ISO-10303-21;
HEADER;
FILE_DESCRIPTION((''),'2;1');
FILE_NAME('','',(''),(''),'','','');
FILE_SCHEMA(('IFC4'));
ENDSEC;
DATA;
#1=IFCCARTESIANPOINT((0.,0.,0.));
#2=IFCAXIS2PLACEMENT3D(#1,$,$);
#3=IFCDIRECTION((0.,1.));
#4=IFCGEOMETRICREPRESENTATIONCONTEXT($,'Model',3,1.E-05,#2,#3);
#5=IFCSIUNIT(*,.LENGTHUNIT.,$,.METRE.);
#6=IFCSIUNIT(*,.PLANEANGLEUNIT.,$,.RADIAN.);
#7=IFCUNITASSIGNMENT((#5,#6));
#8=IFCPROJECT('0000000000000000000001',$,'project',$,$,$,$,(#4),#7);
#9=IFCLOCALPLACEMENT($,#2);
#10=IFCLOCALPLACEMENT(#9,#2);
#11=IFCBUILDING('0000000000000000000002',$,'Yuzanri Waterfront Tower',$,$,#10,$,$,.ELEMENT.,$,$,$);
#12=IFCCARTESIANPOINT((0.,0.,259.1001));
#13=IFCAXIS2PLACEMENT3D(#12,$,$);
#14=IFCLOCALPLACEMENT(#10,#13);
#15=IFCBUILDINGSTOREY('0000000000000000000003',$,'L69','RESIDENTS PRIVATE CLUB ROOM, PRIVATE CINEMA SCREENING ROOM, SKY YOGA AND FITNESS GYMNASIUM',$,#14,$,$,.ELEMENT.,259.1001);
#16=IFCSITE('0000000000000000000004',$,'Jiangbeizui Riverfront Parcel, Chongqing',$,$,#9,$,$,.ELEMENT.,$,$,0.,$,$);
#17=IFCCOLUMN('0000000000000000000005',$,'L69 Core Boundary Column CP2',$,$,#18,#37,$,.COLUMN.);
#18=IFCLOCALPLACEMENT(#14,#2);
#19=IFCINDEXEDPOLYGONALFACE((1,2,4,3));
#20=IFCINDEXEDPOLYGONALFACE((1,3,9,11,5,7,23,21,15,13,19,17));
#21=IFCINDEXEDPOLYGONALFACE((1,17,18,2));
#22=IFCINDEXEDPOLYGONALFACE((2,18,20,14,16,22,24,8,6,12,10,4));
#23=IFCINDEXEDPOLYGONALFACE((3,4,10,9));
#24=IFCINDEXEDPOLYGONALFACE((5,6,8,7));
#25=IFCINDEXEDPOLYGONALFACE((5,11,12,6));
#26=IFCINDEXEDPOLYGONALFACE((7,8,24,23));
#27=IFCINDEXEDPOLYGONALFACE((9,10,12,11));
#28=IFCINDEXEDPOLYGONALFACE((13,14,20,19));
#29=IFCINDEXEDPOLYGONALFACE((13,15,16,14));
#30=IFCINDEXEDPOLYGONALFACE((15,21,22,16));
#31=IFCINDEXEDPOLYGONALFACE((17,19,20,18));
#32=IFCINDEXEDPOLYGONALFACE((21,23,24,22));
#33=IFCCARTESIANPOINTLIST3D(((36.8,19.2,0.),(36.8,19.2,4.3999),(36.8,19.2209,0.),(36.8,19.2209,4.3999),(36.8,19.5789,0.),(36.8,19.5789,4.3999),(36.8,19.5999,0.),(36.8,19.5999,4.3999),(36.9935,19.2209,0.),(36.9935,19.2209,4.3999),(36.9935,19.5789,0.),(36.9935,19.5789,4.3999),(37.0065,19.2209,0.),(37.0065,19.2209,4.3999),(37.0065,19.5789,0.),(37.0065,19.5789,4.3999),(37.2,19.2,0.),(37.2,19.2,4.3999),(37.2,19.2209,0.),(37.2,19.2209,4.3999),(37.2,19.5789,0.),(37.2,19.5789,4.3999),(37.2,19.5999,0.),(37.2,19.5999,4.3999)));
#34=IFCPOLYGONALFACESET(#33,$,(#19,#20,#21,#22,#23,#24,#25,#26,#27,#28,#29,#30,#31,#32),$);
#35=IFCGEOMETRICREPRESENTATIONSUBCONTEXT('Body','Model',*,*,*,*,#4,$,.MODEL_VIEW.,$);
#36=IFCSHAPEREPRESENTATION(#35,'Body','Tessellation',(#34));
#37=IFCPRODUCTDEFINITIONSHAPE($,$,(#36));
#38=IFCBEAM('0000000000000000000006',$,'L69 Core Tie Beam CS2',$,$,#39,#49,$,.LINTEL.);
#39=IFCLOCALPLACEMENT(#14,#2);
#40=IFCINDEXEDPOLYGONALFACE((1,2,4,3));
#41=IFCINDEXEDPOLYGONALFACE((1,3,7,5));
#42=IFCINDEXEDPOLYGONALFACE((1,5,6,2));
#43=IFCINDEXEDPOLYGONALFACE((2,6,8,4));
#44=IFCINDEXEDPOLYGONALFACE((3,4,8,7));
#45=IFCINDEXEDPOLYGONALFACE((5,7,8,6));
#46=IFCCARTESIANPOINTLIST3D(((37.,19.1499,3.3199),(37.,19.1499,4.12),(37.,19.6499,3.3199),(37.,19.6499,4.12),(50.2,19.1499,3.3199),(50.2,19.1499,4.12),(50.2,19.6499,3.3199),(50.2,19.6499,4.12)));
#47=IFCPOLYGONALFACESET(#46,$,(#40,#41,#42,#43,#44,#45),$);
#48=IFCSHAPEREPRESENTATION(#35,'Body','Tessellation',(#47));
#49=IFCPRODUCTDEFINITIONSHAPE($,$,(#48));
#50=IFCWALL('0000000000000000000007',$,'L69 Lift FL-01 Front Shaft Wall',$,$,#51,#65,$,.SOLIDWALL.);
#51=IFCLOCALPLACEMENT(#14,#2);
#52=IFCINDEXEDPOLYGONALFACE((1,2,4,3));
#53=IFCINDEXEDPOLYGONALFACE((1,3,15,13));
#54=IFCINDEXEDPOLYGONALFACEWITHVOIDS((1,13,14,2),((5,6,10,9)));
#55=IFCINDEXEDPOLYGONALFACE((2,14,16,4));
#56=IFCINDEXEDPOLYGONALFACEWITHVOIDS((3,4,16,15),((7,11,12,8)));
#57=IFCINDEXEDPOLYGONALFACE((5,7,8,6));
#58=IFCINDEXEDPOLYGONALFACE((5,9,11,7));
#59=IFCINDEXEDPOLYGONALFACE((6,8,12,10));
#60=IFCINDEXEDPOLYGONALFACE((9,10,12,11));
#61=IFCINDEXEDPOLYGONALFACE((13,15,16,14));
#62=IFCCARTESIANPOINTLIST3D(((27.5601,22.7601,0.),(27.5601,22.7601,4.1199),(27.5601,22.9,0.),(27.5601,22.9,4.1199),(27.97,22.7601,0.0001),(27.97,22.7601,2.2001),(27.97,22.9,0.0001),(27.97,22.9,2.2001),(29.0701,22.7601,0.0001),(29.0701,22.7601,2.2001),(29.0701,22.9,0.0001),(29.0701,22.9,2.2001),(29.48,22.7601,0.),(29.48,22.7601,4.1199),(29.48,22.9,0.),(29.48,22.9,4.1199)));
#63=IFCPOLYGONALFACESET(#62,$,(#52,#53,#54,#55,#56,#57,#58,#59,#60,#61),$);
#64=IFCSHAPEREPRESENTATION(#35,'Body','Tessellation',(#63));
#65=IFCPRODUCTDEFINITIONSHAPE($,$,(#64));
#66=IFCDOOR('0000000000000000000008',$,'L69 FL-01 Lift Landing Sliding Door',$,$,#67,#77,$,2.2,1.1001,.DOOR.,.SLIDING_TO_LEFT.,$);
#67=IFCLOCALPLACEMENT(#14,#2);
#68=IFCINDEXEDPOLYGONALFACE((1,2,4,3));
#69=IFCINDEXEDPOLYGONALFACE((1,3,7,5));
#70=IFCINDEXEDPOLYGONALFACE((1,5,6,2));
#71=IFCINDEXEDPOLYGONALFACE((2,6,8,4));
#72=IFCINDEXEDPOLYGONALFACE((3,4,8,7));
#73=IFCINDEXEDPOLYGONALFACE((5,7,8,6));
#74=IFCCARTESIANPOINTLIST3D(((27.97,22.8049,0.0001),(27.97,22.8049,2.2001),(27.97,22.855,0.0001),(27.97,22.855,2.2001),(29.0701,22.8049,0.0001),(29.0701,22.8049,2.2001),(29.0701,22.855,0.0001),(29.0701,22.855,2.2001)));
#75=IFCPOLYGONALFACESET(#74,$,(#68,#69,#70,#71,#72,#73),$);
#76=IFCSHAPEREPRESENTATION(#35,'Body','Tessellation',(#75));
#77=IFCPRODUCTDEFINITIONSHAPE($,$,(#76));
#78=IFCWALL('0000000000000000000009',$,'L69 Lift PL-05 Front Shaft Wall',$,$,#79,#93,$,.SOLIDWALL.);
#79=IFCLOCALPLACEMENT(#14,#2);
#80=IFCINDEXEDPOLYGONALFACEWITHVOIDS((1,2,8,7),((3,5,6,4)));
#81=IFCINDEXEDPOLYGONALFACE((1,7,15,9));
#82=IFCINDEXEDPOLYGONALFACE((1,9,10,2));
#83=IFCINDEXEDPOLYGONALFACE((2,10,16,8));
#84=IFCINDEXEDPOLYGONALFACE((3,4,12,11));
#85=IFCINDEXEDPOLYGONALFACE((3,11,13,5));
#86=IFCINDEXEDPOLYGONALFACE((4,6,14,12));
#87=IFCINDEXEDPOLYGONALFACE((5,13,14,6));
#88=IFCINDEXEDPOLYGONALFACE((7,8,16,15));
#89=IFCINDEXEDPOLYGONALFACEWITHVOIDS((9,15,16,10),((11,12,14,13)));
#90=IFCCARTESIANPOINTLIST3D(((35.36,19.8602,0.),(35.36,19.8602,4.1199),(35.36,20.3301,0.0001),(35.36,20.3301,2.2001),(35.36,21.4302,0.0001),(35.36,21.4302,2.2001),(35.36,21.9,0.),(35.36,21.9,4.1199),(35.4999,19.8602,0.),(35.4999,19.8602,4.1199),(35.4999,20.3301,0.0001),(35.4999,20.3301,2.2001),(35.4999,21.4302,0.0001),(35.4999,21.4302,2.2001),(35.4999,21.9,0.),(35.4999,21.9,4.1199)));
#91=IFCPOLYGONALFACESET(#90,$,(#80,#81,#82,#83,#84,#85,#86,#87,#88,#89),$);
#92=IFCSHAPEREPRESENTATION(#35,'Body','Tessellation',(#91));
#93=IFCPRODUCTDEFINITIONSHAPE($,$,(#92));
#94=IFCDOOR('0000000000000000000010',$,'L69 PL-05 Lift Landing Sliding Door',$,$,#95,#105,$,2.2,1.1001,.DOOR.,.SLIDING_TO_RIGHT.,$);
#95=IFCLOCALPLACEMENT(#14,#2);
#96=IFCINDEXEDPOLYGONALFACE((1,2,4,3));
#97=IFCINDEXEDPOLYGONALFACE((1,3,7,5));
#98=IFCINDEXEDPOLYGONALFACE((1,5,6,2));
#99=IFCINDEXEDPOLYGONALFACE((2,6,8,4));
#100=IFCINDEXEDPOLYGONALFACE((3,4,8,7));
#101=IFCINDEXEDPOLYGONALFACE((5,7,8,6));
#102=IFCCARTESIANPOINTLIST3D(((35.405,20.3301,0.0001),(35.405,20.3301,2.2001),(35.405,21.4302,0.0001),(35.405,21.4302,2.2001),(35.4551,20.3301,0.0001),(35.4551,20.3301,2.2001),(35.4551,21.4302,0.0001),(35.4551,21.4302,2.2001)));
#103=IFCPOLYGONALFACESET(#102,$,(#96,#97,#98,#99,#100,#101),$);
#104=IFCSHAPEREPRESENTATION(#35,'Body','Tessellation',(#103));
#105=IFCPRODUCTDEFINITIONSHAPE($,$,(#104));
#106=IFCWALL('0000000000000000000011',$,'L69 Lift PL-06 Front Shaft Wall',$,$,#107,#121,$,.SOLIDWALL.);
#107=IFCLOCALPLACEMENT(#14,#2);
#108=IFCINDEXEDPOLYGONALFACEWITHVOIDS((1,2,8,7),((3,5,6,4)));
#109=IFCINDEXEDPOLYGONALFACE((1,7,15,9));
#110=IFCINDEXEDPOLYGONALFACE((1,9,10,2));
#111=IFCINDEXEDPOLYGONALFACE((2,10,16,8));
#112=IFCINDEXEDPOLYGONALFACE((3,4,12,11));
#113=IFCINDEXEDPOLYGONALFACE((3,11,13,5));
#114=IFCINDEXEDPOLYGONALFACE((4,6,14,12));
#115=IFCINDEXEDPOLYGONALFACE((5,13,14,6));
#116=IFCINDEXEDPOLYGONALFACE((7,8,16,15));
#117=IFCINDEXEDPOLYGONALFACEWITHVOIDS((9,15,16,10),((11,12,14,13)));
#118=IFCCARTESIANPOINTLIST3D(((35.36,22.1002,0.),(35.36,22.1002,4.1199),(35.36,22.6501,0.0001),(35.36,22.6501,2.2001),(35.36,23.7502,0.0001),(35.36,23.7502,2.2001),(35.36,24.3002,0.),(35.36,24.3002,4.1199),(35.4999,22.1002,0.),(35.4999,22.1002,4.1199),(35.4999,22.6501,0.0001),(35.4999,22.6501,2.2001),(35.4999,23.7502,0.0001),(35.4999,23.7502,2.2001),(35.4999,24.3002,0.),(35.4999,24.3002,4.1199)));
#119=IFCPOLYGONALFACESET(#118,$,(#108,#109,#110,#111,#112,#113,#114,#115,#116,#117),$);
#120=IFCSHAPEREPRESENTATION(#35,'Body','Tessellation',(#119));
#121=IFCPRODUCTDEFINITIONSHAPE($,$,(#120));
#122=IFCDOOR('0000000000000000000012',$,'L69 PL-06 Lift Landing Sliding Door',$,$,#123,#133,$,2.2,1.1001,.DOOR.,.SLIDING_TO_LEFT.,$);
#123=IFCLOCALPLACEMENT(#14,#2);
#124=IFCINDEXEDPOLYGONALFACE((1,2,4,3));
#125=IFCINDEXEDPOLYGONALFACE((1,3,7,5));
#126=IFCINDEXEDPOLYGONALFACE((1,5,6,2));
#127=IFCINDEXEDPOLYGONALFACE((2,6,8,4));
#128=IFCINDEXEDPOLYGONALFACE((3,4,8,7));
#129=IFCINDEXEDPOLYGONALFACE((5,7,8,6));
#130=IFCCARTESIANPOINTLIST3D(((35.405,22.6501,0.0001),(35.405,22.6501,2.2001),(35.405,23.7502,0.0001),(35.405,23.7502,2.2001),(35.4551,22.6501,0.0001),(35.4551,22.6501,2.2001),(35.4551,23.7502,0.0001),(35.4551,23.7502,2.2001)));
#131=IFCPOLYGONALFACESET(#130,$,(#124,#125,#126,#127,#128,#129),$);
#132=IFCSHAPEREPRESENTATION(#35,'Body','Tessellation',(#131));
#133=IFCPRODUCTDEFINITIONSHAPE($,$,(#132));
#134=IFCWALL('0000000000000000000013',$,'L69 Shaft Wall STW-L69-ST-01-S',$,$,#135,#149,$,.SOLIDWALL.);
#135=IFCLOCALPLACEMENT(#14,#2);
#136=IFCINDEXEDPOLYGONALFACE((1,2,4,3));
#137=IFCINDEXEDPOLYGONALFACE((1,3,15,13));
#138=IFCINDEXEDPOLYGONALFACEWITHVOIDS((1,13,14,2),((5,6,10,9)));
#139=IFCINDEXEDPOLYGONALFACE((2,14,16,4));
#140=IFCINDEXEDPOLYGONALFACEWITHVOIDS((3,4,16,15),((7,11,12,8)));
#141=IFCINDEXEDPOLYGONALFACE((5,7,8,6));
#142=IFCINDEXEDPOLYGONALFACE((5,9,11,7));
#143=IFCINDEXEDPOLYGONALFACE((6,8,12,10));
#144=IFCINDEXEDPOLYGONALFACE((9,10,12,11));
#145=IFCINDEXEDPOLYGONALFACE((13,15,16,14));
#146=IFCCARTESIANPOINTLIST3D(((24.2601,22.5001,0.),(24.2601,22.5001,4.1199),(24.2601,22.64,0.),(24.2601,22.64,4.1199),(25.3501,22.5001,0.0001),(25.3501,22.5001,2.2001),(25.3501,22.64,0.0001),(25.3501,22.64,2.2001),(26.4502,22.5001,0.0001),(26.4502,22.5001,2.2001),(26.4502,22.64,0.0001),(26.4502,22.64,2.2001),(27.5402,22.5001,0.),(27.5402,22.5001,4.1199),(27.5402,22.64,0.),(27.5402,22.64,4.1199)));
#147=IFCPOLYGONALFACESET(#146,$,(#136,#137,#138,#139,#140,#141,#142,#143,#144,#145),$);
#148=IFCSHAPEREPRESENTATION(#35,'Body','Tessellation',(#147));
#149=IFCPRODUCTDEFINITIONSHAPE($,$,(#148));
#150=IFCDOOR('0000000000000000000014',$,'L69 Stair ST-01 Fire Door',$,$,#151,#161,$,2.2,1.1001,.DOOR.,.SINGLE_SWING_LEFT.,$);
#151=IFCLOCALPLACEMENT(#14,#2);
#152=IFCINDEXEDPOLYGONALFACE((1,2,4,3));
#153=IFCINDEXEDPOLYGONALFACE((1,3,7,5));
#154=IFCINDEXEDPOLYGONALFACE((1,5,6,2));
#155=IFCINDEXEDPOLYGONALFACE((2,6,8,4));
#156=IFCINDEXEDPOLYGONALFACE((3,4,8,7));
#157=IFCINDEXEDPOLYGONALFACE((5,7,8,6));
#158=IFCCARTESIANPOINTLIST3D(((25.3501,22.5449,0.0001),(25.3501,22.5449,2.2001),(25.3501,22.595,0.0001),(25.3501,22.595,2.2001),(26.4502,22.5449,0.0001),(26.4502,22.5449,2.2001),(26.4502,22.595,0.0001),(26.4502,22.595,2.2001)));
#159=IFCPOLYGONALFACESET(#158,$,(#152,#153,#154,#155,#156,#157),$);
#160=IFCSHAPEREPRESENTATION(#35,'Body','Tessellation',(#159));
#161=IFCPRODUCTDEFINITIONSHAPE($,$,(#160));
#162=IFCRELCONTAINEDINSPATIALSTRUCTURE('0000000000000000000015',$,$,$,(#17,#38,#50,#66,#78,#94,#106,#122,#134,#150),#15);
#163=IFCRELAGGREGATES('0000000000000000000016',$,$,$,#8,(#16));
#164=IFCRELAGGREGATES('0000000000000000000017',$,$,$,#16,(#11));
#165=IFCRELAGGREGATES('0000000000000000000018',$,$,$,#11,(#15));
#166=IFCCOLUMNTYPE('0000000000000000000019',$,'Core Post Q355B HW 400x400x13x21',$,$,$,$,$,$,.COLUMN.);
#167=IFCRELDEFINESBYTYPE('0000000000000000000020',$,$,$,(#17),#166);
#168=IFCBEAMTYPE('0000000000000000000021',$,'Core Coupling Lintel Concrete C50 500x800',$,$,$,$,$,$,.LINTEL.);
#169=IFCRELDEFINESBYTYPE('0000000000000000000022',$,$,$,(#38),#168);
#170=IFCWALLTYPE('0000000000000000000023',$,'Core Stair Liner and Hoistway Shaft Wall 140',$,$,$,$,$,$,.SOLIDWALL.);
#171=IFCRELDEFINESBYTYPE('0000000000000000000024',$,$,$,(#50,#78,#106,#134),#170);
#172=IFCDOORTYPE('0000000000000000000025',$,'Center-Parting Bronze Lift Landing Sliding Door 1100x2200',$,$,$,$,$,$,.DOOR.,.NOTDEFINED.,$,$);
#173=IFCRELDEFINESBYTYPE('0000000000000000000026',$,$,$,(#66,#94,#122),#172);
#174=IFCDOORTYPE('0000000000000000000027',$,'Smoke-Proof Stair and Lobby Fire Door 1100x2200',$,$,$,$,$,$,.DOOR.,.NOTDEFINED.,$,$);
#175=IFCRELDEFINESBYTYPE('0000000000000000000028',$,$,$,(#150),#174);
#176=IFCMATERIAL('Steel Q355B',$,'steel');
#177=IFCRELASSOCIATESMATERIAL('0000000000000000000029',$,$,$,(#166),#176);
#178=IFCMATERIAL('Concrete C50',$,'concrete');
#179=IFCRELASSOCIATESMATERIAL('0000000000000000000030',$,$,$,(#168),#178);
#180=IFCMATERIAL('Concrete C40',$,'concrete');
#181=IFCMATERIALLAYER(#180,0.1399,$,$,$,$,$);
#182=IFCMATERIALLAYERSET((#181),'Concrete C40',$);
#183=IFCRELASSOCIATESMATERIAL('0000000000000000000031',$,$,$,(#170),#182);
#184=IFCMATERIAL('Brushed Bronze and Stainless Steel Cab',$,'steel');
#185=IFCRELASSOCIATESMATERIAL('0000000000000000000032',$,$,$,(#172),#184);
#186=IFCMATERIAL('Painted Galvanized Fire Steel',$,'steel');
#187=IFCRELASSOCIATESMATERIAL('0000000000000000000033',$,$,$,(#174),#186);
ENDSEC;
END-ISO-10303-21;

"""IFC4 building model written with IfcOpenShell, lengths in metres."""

from ifc_helpers import new_model, si_unit, direction, frame, frame_2d, origin, origin_2d, place, context, subcontext, project, spatial, rectangle, i_section, extrude, source, transform, mapped, material, layer, layer_set, material_profile, profile_set, type_object, element, fill, save


model = new_model("IFC4")

# Units and contexts
model_context = context("Model", 3, precision=1e-05, world=origin(), true_north=direction((0.0, 1.0)))
body_context = subcontext(model_context, "Body", "Model", "MODEL_VIEW")
ifc_project = project(units=[si_unit("LENGTHUNIT", "METRE"), si_unit("PLANEANGLEUNIT", "RADIAN")], contexts=[model_context])

# Site, building, storey
site_placement = place(None, origin())
site = spatial("IfcSite", under=ifc_project, at=site_placement, Name="Jiangbeizui Riverfront Parcel, Chongqing", CompositionType="ELEMENT", RefElevation=0.0)
building_placement = place(site_placement, origin())
building = spatial("IfcBuilding", under=site, at=building_placement, Name="Yuzanri Waterfront Tower", CompositionType="ELEMENT")
storey_placement = place(building_placement, frame((0.0, 0.0, 259.1001)))
storey = spatial("IfcBuildingStorey", under=building, at=storey_placement, Name="L69", Description="RESIDENTS PRIVATE CLUB ROOM, PRIVATE CINEMA SCREENING ROOM, SKY YOGA AND FITNESS GYMNASIUM", CompositionType="ELEMENT", Elevation=259.1001)

# Column
ifc_material_1 = material(Name="Steel Q355B", Category="steel")
ifc_material_profile_1 = material_profile(ifc_material_1, i_section(OverallWidth=0.3999, OverallDepth=0.3999, WebThickness=0.0129, FlangeThickness=0.021, at=origin_2d()), Name="HW 400x400x13x21")
ifc_profile_set_1 = profile_set([ifc_material_profile_1], Name="Steel Q355B")
column_type = type_object("IfcColumnType", Name="Core Post Q355B HW 400x400x13x21", PredefinedType="COLUMN", material=ifc_profile_set_1)
shared_shape_1 = source(origin(), body_context, "Body", "SweptSolid", [
    extrude(i_section(OverallWidth=0.3999, OverallDepth=0.3999, WebThickness=0.0129, FlangeThickness=0.021, at=origin_2d()), origin(), (0.0, 0.0, 1.0), 4.3999),
])
column_placement = place(storey_placement, frame((37.0, 19.3999, 0.0), z_axis=(0.0, 0.0, 1.0), x_axis=(1.0, 0.0, 0.0)))
element("IfcColumn", 1, at=column_placement, inside=storey, type_object=column_type, Name="L69 Core Boundary Column CP2", PredefinedType="COLUMN", context=body_context, shape_type="MappedRepresentation", body=[
    mapped(shared_shape_1, transform((0.0, 0.0, 0.0), scale=1.0)),
])

# Beam
ifc_material_2 = material(Name="Concrete C50", Category="concrete")
ifc_material_profile_2 = material_profile(ifc_material_2, rectangle(XDim=0.5, YDim=0.8, at=origin_2d()), Name="RC 500x800")
ifc_profile_set_2 = profile_set([ifc_material_profile_2], Name="Concrete C50")
beam_type = type_object("IfcBeamType", Name="Core Coupling Lintel Concrete C50 500x800", PredefinedType="LINTEL", material=ifc_profile_set_2)
shared_shape_2 = source(origin(), body_context, "Body", "SweptSolid", [
    extrude(rectangle(XDim=0.5, YDim=0.8, at=origin_2d()), origin(), (0.0, 0.0, 1.0), 13.2),
])
beam_placement = place(storey_placement, frame((37.0, 19.3999, 3.72), z_axis=(1.0, 0.0, 0.0), x_axis=(0.0, 1.0, 0.0)))
element("IfcBeam", 2, at=beam_placement, inside=storey, type_object=beam_type, Name="L69 Core Tie Beam CS2", PredefinedType="LINTEL", context=body_context, shape_type="MappedRepresentation", body=[
    mapped(shared_shape_2, transform((0.0, 0.0, 0.0), scale=1.0)),
])

# Walls, openings, doors
ifc_material_3 = material(Name="Concrete C40", Category="concrete")
ifc_layer_1 = layer(ifc_material_3, 0.1399)
ifc_layer_set_1 = layer_set([ifc_layer_1], Name="Concrete C40")
wall_type_1 = type_object("IfcWallType", Name="Core Stair Liner and Hoistway Shaft Wall 140", PredefinedType="SOLIDWALL", material=ifc_layer_set_1)
wall_1_placement = place(storey_placement, frame((27.5601, 22.8301, 0.0), z_axis=(0.0, 0.0, 1.0), x_axis=(1.0, 0.0, 0.0)))
wall_1 = element("IfcWall", 3, at=wall_1_placement, inside=storey, type_object=wall_type_1, Name="L69 Lift FL-01 Front Shaft Wall", PredefinedType="SOLIDWALL", context=body_context, shape_type="SweptSolid", body=[
    extrude(rectangle(XDim=1.9199, YDim=0.1399, at=frame_2d((0.96, 0.0))), origin(), (0.0, 0.0, 1.0), 4.1199),
])
opening_1_placement = place(wall_1_placement, frame((0.4099, 0.0, 0.0)))
opening_1 = element("IfcOpeningElement", 4, at=opening_1_placement, cuts=wall_1, PredefinedType="OPENING", context=body_context, shape_type="SweptSolid", body=[
    extrude(rectangle(XDim=1.1001, YDim=2.2, at=frame_2d((0.55, 1.1001))), frame((0.0, 0.085, 0.0), z_axis=(0.0, -1.0, 0.0), x_axis=(1.0, 0.0, 0.0)), (0.0, 0.0, 1.0), 0.1697),
])
ifc_material_4 = material(Name="Brushed Bronze and Stainless Steel Cab", Category="steel")
door_type_1 = type_object("IfcDoorType", Name="Center-Parting Bronze Lift Landing Sliding Door 1100x2200", OperationType="NOTDEFINED", PredefinedType="DOOR", material=ifc_material_4)
shared_shape_3 = source(origin(), body_context, "Body", "SweptSolid", [
    extrude(rectangle(XDim=1.1001, YDim=2.2, at=frame_2d((0.55, 1.1001))), frame((0.0, 0.0249, 0.0), z_axis=(0.0, -1.0, 0.0), x_axis=(1.0, 0.0, 0.0)), (0.0, 0.0, 1.0), 0.05),
])
door_1_placement = place(opening_1_placement, origin())
door_1 = element("IfcDoor", 5, at=door_1_placement, inside=storey, type_object=door_type_1, Name="L69 FL-01 Lift Landing Sliding Door", OperationType="SLIDING_TO_LEFT", OverallHeight=2.2, OverallWidth=1.1001, PredefinedType="DOOR", context=body_context, shape_type="MappedRepresentation", body=[
    mapped(shared_shape_3, transform((0.0, 0.0, 0.0), scale=1.0)),
])
fill(opening_1, door_1)
wall_2_placement = place(storey_placement, frame((35.4299, 19.8601, 0.0), z_axis=(0.0, 0.0, 1.0), x_axis=(0.0, 1.0, 0.0)))
wall_2 = element("IfcWall", 6, at=wall_2_placement, inside=storey, type_object=wall_type_1, Name="L69 Lift PL-05 Front Shaft Wall", PredefinedType="SOLIDWALL", context=body_context, shape_type="SweptSolid", body=[
    extrude(rectangle(XDim=2.0398, YDim=0.1399, at=frame_2d((1.02, 0.0))), origin(), (0.0, 0.0, 1.0), 4.1199),
])
opening_2_placement = place(wall_2_placement, frame((0.47, 0.0, 0.0)))
opening_2 = element("IfcOpeningElement", 7, at=opening_2_placement, cuts=wall_2, PredefinedType="OPENING", context=body_context, shape_type="SweptSolid", body=[
    extrude(rectangle(XDim=1.1001, YDim=2.2, at=frame_2d((0.55, 1.1001))), frame((0.0, 0.085, 0.0), z_axis=(0.0, -1.0, 0.0), x_axis=(1.0, 0.0, 0.0)), (0.0, 0.0, 1.0), 0.1697),
])
door_2_placement = place(opening_2_placement, origin())
door_2 = element("IfcDoor", 8, at=door_2_placement, inside=storey, type_object=door_type_1, Name="L69 PL-05 Lift Landing Sliding Door", OperationType="SLIDING_TO_RIGHT", OverallHeight=2.2, OverallWidth=1.1001, PredefinedType="DOOR", context=body_context, shape_type="MappedRepresentation", body=[
    mapped(shared_shape_3, transform((0.0, 0.0, 0.0), scale=1.0)),
])
fill(opening_2, door_2)
wall_3_placement = place(storey_placement, frame((35.4299, 22.1001, 0.0), z_axis=(0.0, 0.0, 1.0), x_axis=(0.0, 1.0, 0.0)))
wall_3 = element("IfcWall", 9, at=wall_3_placement, inside=storey, type_object=wall_type_1, Name="L69 Lift PL-06 Front Shaft Wall", PredefinedType="SOLIDWALL", context=body_context, shape_type="SweptSolid", body=[
    extrude(rectangle(XDim=2.2, YDim=0.1399, at=frame_2d((1.1001, 0.0))), origin(), (0.0, 0.0, 1.0), 4.1199),
])
opening_3_placement = place(wall_3_placement, frame((0.55, 0.0, 0.0)))
opening_3 = element("IfcOpeningElement", 10, at=opening_3_placement, cuts=wall_3, PredefinedType="OPENING", context=body_context, shape_type="SweptSolid", body=[
    extrude(rectangle(XDim=1.1001, YDim=2.2, at=frame_2d((0.55, 1.1001))), frame((0.0, 0.085, 0.0), z_axis=(0.0, -1.0, 0.0), x_axis=(1.0, 0.0, 0.0)), (0.0, 0.0, 1.0), 0.1697),
])
door_3_placement = place(opening_3_placement, origin())
door_3 = element("IfcDoor", 11, at=door_3_placement, inside=storey, type_object=door_type_1, Name="L69 PL-06 Lift Landing Sliding Door", OperationType="SLIDING_TO_LEFT", OverallHeight=2.2, OverallWidth=1.1001, PredefinedType="DOOR", context=body_context, shape_type="MappedRepresentation", body=[
    mapped(shared_shape_3, transform((0.0, 0.0, 0.0), scale=1.0)),
])
fill(opening_3, door_3)
wall_4_placement = place(storey_placement, frame((24.26, 22.5701, 0.0), z_axis=(0.0, 0.0, 1.0), x_axis=(1.0, 0.0, 0.0)))
wall_4 = element("IfcWall", 12, at=wall_4_placement, inside=storey, type_object=wall_type_1, Name="L69 Shaft Wall STW-L69-ST-01-S", PredefinedType="SOLIDWALL", context=body_context, shape_type="SweptSolid", body=[
    extrude(rectangle(XDim=3.28, YDim=0.1399, at=frame_2d((1.6401, 0.0))), origin(), (0.0, 0.0, 1.0), 4.1199),
])
opening_4_placement = place(wall_4_placement, frame((1.0901, 0.0, 0.0)))
opening_4 = element("IfcOpeningElement", 13, at=opening_4_placement, cuts=wall_4, PredefinedType="OPENING", context=body_context, shape_type="SweptSolid", body=[
    extrude(rectangle(XDim=1.1001, YDim=2.2, at=frame_2d((0.55, 1.1001))), frame((0.0, 0.085, 0.0), z_axis=(0.0, -1.0, 0.0), x_axis=(1.0, 0.0, 0.0)), (0.0, 0.0, 1.0), 0.1697),
])
ifc_material_5 = material(Name="Painted Galvanized Fire Steel", Category="steel")
door_type_2 = type_object("IfcDoorType", Name="Smoke-Proof Stair and Lobby Fire Door 1100x2200", OperationType="NOTDEFINED", PredefinedType="DOOR", material=ifc_material_5)
shared_shape_4 = source(origin(), body_context, "Body", "SweptSolid", [
    extrude(rectangle(XDim=1.1001, YDim=2.2, at=frame_2d((0.55, 1.1001))), frame((0.0, 0.0249, 0.0), z_axis=(0.0, -1.0, 0.0), x_axis=(1.0, 0.0, 0.0)), (0.0, 0.0, 1.0), 0.05),
])
door_4_placement = place(opening_4_placement, origin())
door_4 = element("IfcDoor", 14, at=door_4_placement, inside=storey, type_object=door_type_2, Name="L69 Stair ST-01 Fire Door", OperationType="SINGLE_SWING_LEFT", OverallHeight=2.2, OverallWidth=1.1001, PredefinedType="DOOR", context=body_context, shape_type="MappedRepresentation", body=[
    mapped(shared_shape_4, transform((0.0, 0.0, 0.0), scale=1.0)),
])
fill(opening_4, door_4)

save(model, "model.ifc")
